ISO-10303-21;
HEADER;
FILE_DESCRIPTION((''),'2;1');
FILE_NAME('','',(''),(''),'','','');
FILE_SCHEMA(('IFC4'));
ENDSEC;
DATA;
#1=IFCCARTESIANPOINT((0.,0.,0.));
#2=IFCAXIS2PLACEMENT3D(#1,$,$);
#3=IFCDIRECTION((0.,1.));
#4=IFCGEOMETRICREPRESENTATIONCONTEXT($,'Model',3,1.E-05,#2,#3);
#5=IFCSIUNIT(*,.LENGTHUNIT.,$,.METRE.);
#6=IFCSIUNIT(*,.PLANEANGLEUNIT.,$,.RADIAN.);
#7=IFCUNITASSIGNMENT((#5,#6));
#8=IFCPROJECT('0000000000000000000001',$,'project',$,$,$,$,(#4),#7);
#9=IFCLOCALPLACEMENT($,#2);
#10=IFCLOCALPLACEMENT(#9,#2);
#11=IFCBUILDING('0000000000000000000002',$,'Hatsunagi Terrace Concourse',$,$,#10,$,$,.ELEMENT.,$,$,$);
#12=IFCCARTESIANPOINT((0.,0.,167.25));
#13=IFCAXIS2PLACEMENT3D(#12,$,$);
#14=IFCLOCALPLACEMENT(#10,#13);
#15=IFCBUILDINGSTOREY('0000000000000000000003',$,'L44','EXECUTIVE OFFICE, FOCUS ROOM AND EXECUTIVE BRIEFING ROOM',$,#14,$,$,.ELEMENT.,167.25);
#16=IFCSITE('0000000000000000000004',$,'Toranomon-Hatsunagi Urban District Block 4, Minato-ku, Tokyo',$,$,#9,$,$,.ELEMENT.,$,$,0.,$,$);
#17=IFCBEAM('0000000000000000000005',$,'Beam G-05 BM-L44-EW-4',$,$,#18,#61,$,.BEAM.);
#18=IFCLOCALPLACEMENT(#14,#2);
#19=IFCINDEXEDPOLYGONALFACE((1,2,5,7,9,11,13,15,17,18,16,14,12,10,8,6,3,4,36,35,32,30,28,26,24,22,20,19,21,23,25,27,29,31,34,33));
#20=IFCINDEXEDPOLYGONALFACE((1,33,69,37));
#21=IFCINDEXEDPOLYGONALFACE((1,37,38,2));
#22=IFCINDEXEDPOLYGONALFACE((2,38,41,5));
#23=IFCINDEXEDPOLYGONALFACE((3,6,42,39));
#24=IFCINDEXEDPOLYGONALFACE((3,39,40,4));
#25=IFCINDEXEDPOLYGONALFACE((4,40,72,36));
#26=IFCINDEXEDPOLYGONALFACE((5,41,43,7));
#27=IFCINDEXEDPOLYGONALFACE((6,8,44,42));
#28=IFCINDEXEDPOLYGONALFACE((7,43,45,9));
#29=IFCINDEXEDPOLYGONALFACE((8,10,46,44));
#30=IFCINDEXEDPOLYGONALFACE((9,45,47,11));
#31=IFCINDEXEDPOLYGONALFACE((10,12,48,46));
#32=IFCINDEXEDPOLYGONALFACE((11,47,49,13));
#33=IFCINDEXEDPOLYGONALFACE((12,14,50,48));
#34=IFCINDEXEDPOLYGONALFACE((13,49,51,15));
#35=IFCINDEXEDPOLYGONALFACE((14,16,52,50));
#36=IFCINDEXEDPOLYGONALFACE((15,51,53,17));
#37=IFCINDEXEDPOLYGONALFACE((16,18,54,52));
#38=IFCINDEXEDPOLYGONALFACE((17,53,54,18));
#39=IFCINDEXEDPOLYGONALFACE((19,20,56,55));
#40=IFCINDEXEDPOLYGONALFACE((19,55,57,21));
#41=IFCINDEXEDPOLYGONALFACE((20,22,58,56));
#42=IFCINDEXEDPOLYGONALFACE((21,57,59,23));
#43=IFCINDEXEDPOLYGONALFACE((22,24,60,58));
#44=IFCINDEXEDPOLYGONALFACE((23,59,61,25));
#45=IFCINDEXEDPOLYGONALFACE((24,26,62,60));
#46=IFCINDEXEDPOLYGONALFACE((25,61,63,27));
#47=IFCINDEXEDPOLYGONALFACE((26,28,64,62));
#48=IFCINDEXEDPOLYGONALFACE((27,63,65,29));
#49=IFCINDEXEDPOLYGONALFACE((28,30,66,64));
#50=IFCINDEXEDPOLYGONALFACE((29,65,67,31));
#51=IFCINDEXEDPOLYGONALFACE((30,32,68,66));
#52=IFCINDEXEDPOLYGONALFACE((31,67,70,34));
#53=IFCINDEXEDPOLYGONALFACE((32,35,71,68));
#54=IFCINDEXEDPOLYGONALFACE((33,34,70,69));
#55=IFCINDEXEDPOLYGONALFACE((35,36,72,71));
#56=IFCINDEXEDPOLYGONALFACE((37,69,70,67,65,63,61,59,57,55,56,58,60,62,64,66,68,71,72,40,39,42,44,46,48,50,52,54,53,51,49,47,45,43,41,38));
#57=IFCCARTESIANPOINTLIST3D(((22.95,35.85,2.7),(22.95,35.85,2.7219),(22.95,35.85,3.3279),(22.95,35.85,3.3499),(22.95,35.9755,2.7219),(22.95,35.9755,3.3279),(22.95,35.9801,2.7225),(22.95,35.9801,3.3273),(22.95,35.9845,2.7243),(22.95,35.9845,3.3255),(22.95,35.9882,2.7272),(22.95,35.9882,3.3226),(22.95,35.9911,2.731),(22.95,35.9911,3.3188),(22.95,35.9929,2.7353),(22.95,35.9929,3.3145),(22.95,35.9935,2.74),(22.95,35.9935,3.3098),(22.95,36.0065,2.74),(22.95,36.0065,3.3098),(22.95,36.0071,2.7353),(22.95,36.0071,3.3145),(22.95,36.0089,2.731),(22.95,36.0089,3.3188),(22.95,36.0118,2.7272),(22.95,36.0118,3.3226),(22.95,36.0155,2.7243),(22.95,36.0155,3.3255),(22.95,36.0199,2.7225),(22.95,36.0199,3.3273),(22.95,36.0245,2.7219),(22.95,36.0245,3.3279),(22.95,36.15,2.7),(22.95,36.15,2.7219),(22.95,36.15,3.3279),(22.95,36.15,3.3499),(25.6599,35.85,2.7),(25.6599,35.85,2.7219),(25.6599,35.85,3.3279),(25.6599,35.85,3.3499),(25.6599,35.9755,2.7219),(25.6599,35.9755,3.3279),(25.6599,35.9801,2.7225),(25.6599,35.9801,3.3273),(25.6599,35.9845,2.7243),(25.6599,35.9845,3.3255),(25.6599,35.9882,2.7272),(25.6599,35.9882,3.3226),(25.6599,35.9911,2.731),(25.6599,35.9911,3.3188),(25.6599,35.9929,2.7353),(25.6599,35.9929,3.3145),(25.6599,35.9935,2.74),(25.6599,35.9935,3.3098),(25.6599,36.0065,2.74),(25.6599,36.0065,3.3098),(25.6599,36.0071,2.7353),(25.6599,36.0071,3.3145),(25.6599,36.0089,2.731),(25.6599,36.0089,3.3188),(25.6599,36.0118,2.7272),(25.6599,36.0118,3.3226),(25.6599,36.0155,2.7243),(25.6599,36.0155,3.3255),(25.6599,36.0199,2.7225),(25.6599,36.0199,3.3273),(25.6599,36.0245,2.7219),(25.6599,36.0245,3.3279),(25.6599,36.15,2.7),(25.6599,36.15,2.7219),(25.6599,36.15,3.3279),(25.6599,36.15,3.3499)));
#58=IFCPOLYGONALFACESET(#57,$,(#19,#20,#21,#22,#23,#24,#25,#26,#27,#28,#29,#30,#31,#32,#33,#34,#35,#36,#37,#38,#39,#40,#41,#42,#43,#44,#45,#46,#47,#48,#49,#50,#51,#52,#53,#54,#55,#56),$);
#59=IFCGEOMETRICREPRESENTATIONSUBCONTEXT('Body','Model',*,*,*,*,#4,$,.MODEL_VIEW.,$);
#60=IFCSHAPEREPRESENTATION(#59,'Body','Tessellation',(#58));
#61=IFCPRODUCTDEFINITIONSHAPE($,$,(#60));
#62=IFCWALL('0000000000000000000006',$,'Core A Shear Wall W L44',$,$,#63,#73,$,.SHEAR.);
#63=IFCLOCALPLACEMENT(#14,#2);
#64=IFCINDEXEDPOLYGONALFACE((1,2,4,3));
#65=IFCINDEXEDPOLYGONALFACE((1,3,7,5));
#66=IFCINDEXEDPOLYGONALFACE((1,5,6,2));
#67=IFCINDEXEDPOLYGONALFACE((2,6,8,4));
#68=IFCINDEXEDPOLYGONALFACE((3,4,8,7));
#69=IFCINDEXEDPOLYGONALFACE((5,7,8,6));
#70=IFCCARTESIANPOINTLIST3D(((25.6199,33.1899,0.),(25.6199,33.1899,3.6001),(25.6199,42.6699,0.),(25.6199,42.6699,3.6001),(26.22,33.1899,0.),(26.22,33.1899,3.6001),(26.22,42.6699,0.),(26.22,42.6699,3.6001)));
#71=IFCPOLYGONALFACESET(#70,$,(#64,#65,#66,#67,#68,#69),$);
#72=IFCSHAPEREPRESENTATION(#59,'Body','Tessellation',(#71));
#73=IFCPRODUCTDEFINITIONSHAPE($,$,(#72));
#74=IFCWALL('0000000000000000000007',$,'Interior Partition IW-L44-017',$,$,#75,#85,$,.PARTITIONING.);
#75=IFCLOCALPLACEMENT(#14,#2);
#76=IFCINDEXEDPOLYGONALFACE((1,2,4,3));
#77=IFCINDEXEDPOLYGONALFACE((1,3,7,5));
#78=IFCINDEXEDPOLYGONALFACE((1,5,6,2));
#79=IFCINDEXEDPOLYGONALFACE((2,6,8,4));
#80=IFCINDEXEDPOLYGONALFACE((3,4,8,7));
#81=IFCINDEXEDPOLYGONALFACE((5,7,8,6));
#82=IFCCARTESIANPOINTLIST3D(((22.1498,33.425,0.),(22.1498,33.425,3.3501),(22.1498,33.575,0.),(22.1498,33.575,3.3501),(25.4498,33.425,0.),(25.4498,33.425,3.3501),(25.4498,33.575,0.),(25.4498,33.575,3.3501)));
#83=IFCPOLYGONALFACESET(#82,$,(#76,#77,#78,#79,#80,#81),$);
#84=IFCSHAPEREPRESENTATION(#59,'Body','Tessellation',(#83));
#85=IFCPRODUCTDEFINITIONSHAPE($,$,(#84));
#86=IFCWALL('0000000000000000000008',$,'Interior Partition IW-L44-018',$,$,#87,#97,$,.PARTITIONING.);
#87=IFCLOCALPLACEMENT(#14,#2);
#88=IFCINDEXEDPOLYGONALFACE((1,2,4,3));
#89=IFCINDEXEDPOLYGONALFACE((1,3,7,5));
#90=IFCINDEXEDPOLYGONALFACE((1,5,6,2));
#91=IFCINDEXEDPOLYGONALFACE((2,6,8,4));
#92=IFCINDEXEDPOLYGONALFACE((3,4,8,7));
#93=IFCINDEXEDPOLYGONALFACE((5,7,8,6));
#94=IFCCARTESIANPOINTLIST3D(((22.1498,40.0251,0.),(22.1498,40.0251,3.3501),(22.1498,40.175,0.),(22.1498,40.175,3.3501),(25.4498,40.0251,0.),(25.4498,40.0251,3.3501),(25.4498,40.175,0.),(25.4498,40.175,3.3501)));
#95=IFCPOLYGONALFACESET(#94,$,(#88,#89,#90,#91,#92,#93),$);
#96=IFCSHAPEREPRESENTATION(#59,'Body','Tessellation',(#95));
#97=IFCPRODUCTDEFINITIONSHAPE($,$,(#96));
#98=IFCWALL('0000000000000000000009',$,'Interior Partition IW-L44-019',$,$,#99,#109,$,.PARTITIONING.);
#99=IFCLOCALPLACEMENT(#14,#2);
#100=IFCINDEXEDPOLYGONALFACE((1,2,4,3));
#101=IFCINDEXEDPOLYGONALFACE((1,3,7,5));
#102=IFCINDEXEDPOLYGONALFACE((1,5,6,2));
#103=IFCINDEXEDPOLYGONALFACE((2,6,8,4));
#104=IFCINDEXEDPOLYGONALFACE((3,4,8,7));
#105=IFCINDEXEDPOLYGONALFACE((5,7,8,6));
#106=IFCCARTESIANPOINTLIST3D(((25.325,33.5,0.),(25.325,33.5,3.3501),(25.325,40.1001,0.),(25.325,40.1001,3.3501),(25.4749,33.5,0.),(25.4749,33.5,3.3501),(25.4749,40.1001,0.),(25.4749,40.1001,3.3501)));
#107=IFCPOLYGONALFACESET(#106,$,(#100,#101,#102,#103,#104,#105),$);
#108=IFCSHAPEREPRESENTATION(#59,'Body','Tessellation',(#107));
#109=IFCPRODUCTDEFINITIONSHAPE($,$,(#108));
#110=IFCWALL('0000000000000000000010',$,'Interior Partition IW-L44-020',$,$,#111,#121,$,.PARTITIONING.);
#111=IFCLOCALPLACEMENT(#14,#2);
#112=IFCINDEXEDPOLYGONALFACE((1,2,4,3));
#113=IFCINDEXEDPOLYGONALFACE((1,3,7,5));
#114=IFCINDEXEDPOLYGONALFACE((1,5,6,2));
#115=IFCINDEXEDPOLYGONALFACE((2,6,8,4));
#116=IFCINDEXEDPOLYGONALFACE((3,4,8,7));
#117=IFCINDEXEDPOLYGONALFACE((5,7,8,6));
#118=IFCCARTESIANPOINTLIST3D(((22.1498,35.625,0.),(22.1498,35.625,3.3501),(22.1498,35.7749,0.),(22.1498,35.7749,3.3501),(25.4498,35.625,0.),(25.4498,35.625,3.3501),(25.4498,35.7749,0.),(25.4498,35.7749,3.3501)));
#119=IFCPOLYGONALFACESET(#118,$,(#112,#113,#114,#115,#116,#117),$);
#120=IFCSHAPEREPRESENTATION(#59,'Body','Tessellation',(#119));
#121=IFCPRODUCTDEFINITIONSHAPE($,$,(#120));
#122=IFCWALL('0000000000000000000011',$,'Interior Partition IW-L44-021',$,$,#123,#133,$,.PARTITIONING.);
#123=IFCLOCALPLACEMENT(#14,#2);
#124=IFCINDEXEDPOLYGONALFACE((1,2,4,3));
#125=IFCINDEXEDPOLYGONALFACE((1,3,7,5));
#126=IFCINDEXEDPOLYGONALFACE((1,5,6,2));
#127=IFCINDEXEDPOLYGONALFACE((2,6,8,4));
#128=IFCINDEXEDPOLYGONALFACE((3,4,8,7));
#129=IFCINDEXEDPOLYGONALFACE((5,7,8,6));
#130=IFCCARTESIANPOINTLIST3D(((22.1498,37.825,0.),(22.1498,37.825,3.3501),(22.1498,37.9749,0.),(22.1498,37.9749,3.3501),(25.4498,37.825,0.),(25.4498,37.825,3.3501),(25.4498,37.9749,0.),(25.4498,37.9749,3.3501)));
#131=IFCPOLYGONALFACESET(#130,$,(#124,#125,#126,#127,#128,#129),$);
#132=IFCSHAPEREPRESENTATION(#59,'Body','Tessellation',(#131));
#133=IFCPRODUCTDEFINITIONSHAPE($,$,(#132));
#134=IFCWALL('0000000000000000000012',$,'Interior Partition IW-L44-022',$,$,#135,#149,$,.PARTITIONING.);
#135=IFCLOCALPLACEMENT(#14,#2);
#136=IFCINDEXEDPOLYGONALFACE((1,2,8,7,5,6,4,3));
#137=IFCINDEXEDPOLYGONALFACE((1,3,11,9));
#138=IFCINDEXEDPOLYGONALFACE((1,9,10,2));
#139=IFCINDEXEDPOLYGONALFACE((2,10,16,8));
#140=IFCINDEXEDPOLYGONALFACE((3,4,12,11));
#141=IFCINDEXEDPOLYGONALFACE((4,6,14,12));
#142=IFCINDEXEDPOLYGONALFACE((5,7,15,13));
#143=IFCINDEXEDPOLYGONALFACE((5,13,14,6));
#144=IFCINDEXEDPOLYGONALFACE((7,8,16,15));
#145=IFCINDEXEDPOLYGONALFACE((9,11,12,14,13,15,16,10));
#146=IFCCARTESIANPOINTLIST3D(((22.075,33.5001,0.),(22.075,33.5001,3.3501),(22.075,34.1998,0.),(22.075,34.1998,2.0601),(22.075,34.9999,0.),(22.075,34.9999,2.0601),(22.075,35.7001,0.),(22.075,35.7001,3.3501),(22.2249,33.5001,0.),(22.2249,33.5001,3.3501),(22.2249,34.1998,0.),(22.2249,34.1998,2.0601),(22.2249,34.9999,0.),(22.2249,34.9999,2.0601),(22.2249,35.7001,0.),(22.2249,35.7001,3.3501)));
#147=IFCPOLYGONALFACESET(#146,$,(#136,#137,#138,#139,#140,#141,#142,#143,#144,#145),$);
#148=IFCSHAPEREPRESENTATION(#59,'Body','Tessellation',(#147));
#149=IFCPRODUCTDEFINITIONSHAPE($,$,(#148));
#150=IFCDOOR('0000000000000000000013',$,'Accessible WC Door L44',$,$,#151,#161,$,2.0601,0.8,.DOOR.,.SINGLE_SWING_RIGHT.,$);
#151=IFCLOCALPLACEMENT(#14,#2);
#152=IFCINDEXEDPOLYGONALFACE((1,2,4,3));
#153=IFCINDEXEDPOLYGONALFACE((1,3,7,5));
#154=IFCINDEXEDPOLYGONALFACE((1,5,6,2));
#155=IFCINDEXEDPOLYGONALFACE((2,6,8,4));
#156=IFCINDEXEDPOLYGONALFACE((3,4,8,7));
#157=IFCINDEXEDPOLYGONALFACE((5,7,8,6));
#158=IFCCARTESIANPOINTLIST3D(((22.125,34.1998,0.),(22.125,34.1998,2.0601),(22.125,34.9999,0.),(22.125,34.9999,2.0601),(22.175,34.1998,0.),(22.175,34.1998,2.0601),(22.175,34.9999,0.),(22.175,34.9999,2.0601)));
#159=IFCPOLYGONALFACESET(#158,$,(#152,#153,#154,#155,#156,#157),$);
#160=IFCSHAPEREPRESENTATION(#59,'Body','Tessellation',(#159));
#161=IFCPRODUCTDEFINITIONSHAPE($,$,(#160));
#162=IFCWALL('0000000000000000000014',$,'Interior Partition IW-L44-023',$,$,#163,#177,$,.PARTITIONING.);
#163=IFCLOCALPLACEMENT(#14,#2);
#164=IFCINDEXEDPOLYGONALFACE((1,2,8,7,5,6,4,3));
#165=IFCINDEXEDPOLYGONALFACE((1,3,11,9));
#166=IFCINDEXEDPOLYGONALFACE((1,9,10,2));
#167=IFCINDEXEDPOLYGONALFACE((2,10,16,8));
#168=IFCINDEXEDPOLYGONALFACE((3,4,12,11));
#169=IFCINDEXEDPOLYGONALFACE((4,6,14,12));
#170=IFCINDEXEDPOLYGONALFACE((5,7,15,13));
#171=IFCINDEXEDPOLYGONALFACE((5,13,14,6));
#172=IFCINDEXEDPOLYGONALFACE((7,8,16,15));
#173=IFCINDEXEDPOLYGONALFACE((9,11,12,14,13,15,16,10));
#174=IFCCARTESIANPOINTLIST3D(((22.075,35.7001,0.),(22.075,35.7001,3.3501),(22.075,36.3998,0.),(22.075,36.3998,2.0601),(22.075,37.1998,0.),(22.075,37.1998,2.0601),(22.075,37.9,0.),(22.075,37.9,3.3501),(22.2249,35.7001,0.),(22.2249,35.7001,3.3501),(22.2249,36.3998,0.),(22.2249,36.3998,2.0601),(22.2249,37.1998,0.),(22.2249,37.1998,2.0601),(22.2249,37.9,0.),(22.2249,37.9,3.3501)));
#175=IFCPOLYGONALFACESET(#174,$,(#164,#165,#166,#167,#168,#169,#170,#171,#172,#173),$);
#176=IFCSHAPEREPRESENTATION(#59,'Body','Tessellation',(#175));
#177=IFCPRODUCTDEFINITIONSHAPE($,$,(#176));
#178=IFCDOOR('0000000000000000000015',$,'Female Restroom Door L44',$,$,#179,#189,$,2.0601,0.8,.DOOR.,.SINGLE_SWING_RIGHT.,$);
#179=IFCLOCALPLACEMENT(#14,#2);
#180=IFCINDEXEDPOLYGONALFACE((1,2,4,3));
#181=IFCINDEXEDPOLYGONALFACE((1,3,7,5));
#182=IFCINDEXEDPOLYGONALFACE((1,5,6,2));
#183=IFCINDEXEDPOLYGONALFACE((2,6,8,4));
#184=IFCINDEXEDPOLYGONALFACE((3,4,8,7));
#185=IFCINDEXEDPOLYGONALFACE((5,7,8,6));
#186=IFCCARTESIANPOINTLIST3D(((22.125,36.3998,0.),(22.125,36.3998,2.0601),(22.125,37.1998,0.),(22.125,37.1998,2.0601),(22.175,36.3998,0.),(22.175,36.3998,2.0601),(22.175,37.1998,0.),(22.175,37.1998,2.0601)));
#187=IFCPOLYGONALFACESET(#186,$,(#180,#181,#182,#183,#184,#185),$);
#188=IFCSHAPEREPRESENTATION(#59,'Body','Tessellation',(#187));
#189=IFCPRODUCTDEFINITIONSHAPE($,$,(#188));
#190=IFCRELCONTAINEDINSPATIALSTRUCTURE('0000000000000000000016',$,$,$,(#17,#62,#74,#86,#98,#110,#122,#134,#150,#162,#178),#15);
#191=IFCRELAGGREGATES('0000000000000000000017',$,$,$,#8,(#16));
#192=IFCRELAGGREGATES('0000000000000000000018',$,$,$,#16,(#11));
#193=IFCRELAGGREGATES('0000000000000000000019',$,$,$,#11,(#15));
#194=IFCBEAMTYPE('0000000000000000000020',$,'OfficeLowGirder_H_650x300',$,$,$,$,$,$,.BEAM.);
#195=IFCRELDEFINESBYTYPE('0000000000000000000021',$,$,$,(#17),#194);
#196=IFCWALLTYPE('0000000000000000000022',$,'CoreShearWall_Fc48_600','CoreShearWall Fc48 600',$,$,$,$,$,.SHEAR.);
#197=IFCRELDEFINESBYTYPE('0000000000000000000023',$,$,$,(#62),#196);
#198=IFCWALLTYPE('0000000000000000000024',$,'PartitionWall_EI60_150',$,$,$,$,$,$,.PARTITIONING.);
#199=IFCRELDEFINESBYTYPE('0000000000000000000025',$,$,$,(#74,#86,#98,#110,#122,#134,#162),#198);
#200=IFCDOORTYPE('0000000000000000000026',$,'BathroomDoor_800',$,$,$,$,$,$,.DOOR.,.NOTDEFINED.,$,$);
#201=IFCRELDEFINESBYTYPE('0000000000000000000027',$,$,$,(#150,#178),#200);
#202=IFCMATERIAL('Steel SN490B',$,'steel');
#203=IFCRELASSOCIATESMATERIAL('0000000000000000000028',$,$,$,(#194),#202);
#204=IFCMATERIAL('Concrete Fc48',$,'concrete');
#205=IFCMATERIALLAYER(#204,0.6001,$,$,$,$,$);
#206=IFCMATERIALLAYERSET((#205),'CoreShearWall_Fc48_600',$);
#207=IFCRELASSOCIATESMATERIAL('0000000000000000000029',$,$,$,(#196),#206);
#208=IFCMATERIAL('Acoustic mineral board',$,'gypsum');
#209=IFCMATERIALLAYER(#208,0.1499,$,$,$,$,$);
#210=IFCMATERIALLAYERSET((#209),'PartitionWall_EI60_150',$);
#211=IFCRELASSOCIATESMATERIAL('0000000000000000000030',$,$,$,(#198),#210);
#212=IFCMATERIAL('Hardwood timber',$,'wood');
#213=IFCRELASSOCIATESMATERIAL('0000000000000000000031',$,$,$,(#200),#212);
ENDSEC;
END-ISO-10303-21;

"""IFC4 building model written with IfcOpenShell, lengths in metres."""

from ifc_helpers import new_model, si_unit, direction, frame, frame_2d, origin, origin_2d, place, context, subcontext, project, spatial, rectangle, i_section, extrude, material, layer, layer_set, material_profile, profile_set, type_object, element, fill, save


model = new_model("IFC4")

# Units and contexts
model_context = context("Model", 3, precision=1e-05, world=origin(), true_north=direction((0.0, 1.0)))
body_context = subcontext(model_context, "Body", "Model", "MODEL_VIEW")
ifc_project = project(units=[si_unit("LENGTHUNIT", "METRE"), si_unit("PLANEANGLEUNIT", "RADIAN")], contexts=[model_context])

# Site, building, storey
site_placement = place(None, origin())
site = spatial("IfcSite", under=ifc_project, at=site_placement, Name="Toranomon-Hatsunagi Urban District Block 4, Minato-ku, Tokyo", CompositionType="ELEMENT", RefElevation=0.0)
building_placement = place(site_placement, origin())
building = spatial("IfcBuilding", under=site, at=building_placement, Name="Hatsunagi Terrace Concourse", CompositionType="ELEMENT")
storey_placement = place(building_placement, frame((0.0, 0.0, 167.25)))
storey = spatial("IfcBuildingStorey", under=building, at=storey_placement, Name="L44", Description="EXECUTIVE OFFICE, FOCUS ROOM AND EXECUTIVE BRIEFING ROOM", CompositionType="ELEMENT", Elevation=167.25)

# Beam
ifc_material_1 = material(Name="Steel SN490B", Category="steel")
ifc_material_profile_1 = material_profile(ifc_material_1, i_section(OverallWidth=0.3, OverallDepth=0.6499, WebThickness=0.0129, FlangeThickness=0.022, FilletRadius=0.0181, at=origin_2d()), Name="H-650x300x13x22")
ifc_profile_set_1 = profile_set([ifc_material_profile_1], Name="Steel SN490B")
beam_type_1 = type_object("IfcBeamType", Name="OfficeLowGirder_H_650x300", PredefinedType="BEAM", material=ifc_profile_set_1)
beam_1_placement = place(storey_placement, frame((22.95, 36.0, 3.0249), z_axis=(1.0, 0.0, 0.0), x_axis=(0.0, 1.0, 0.0)))
element("IfcBeam", 1, at=beam_1_placement, inside=storey, type_object=beam_type_1, Name="Beam G-05 BM-L44-EW-4", PredefinedType="BEAM", context=body_context, shape_type="SweptSolid", body=[
    extrude(i_section(OverallWidth=0.3, OverallDepth=0.6499, WebThickness=0.0129, FlangeThickness=0.022, FilletRadius=0.0181, at=origin_2d()), origin(), (0.0, 0.0, 1.0), 2.71),
])

# Shared definitions
ifc_material_2 = material(Name="Concrete Fc48", Category="concrete")
ifc_layer_1 = layer(ifc_material_2, 0.6001)
ifc_layer_set_1 = layer_set([ifc_layer_1], Name="CoreShearWall_Fc48_600")
wall_type_1 = type_object("IfcWallType", Name="CoreShearWall_Fc48_600", Description="CoreShearWall Fc48 600", PredefinedType="SHEAR", material=ifc_layer_set_1)

# Walls
wall_1_placement = place(storey_placement, frame((25.9199, 33.1899, 0.0), z_axis=(0.0, 0.0, 1.0), x_axis=(0.0, 1.0, 0.0)))
element("IfcWall", 2, at=wall_1_placement, inside=storey, type_object=wall_type_1, Name="Core A Shear Wall W L44", PredefinedType="SHEAR", context=body_context, shape_type="SweptSolid", body=[
    extrude(rectangle(XDim=9.48, YDim=0.6001, at=frame_2d((4.74, 0.0))), origin(), (0.0, 0.0, 1.0), 3.6001),
])
ifc_material_3 = material(Name="Acoustic mineral board", Category="gypsum")
ifc_layer_2 = layer(ifc_material_3, 0.1499)
ifc_layer_set_2 = layer_set([ifc_layer_2], Name="PartitionWall_EI60_150")
wall_type_2 = type_object("IfcWallType", Name="PartitionWall_EI60_150", PredefinedType="PARTITIONING", material=ifc_layer_set_2)
for number, where, z_axis, x_axis, name in (
    (3, (22.1499, 33.5, 0.0), (0.0, 0.0, 1.0), (1.0, 0.0, 0.0), "Interior Partition IW-L44-017"),
    (4, (22.1499, 40.1001, 0.0), (0.0, 0.0, 1.0), (1.0, 0.0, 0.0), "Interior Partition IW-L44-018"),
):
    element("IfcWall", number, at=place(storey_placement, frame(where, z_axis=z_axis, x_axis=x_axis)), inside=storey, type_object=wall_type_2, Name=name, PredefinedType="PARTITIONING", context=body_context, shape_type="SweptSolid", body=[
        extrude(rectangle(XDim=3.3, YDim=0.1499, at=frame_2d((1.6499, 0.0))), origin(), (0.0, 0.0, 1.0), 3.3501),
    ])
wall_2_placement = place(storey_placement, frame((25.3999, 33.5, 0.0), z_axis=(0.0, 0.0, 1.0), x_axis=(0.0, 1.0, 0.0)))
element("IfcWall", 5, at=wall_2_placement, inside=storey, type_object=wall_type_2, Name="Interior Partition IW-L44-019", PredefinedType="PARTITIONING", context=body_context, shape_type="SweptSolid", body=[
    extrude(rectangle(XDim=6.6001, YDim=0.1499, at=frame_2d((3.3, 0.0))), origin(), (0.0, 0.0, 1.0), 3.3501),
])
for number, where, z_axis, x_axis, name in (
    (6, (22.1499, 35.7, 0.0), (0.0, 0.0, 1.0), (1.0, 0.0, 0.0), "Interior Partition IW-L44-020"),
    (7, (22.1499, 37.8999, 0.0), (0.0, 0.0, 1.0), (1.0, 0.0, 0.0), "Interior Partition IW-L44-021"),
):
    element("IfcWall", number, at=place(storey_placement, frame(where, z_axis=z_axis, x_axis=x_axis)), inside=storey, type_object=wall_type_2, Name=name, PredefinedType="PARTITIONING", context=body_context, shape_type="SweptSolid", body=[
        extrude(rectangle(XDim=3.3, YDim=0.1499, at=frame_2d((1.6499, 0.0))), origin(), (0.0, 0.0, 1.0), 3.3501),
    ])

# Walls, openings, doors
wall_3_placement = place(storey_placement, frame((22.1499, 33.5, 0.0), z_axis=(0.0, 0.0, 1.0), x_axis=(0.0, 1.0, 0.0)))
wall_3 = element("IfcWall", 8, at=wall_3_placement, inside=storey, type_object=wall_type_2, Name="Interior Partition IW-L44-022", PredefinedType="PARTITIONING", context=body_context, shape_type="SweptSolid", body=[
    extrude(rectangle(XDim=2.2, YDim=0.1499, at=frame_2d((1.1001, 0.0))), origin(), (0.0, 0.0, 1.0), 3.3501),
])
opening_1_placement = place(wall_3_placement, frame((0.7, 0.0, 0.0)))
opening_1 = element("IfcOpeningElement", 9, at=opening_1_placement, cuts=wall_3, PredefinedType="OPENING", context=body_context, shape_type="SweptSolid", body=[
    extrude(rectangle(XDim=0.8, YDim=2.0601, at=frame_2d((0.3999, 1.03))), frame((0.0, 0.085, 0.0), z_axis=(0.0, -1.0, 0.0), x_axis=(1.0, 0.0, 0.0)), (0.0, 0.0, 1.0), 0.1699),
])
ifc_material_4 = material(Name="Hardwood timber", Category="wood")
door_type_1 = type_object("IfcDoorType", Name="BathroomDoor_800", OperationType="NOTDEFINED", PredefinedType="DOOR", material=ifc_material_4)
door_1_placement = place(opening_1_placement, origin())
door_1 = element("IfcDoor", 10, at=door_1_placement, inside=storey, type_object=door_type_1, Name="Accessible WC Door L44", OperationType="SINGLE_SWING_RIGHT", OverallHeight=2.0601, OverallWidth=0.8, PredefinedType="DOOR", context=body_context, shape_type="SweptSolid", body=[
    extrude(rectangle(XDim=0.8, YDim=2.0601, at=frame_2d((0.3999, 1.03))), frame((0.0, 0.0249, 0.0), z_axis=(0.0, -1.0, 0.0), x_axis=(1.0, 0.0, 0.0)), (0.0, 0.0, 1.0), 0.05),
])
fill(opening_1, door_1)
wall_4_placement = place(storey_placement, frame((22.1499, 35.7, 0.0), z_axis=(0.0, 0.0, 1.0), x_axis=(0.0, 1.0, 0.0)))
wall_4 = element("IfcWall", 11, at=wall_4_placement, inside=storey, type_object=wall_type_2, Name="Interior Partition IW-L44-023", PredefinedType="PARTITIONING", context=body_context, shape_type="SweptSolid", body=[
    extrude(rectangle(XDim=2.2, YDim=0.1499, at=frame_2d((1.1001, 0.0))), origin(), (0.0, 0.0, 1.0), 3.3501),
])
opening_2_placement = place(wall_4_placement, frame((0.7, 0.0, 0.0)))
opening_2 = element("IfcOpeningElement", 12, at=opening_2_placement, cuts=wall_4, PredefinedType="OPENING", context=body_context, shape_type="SweptSolid", body=[
    extrude(rectangle(XDim=0.8, YDim=2.0601, at=frame_2d((0.3999, 1.03))), frame((0.0, 0.085, 0.0), z_axis=(0.0, -1.0, 0.0), x_axis=(1.0, 0.0, 0.0)), (0.0, 0.0, 1.0), 0.1699),
])
door_2_placement = place(opening_2_placement, origin())
door_2 = element("IfcDoor", 13, at=door_2_placement, inside=storey, type_object=door_type_1, Name="Female Restroom Door L44", OperationType="SINGLE_SWING_RIGHT", OverallHeight=2.0601, OverallWidth=0.8, PredefinedType="DOOR", context=body_context, shape_type="SweptSolid", body=[
    extrude(rectangle(XDim=0.8, YDim=2.0601, at=frame_2d((0.3999, 1.03))), frame((0.0, 0.0249, 0.0), z_axis=(0.0, -1.0, 0.0), x_axis=(1.0, 0.0, 0.0)), (0.0, 0.0, 1.0), 0.05),
])
fill(opening_2, door_2)

save(model, "model.ifc")
